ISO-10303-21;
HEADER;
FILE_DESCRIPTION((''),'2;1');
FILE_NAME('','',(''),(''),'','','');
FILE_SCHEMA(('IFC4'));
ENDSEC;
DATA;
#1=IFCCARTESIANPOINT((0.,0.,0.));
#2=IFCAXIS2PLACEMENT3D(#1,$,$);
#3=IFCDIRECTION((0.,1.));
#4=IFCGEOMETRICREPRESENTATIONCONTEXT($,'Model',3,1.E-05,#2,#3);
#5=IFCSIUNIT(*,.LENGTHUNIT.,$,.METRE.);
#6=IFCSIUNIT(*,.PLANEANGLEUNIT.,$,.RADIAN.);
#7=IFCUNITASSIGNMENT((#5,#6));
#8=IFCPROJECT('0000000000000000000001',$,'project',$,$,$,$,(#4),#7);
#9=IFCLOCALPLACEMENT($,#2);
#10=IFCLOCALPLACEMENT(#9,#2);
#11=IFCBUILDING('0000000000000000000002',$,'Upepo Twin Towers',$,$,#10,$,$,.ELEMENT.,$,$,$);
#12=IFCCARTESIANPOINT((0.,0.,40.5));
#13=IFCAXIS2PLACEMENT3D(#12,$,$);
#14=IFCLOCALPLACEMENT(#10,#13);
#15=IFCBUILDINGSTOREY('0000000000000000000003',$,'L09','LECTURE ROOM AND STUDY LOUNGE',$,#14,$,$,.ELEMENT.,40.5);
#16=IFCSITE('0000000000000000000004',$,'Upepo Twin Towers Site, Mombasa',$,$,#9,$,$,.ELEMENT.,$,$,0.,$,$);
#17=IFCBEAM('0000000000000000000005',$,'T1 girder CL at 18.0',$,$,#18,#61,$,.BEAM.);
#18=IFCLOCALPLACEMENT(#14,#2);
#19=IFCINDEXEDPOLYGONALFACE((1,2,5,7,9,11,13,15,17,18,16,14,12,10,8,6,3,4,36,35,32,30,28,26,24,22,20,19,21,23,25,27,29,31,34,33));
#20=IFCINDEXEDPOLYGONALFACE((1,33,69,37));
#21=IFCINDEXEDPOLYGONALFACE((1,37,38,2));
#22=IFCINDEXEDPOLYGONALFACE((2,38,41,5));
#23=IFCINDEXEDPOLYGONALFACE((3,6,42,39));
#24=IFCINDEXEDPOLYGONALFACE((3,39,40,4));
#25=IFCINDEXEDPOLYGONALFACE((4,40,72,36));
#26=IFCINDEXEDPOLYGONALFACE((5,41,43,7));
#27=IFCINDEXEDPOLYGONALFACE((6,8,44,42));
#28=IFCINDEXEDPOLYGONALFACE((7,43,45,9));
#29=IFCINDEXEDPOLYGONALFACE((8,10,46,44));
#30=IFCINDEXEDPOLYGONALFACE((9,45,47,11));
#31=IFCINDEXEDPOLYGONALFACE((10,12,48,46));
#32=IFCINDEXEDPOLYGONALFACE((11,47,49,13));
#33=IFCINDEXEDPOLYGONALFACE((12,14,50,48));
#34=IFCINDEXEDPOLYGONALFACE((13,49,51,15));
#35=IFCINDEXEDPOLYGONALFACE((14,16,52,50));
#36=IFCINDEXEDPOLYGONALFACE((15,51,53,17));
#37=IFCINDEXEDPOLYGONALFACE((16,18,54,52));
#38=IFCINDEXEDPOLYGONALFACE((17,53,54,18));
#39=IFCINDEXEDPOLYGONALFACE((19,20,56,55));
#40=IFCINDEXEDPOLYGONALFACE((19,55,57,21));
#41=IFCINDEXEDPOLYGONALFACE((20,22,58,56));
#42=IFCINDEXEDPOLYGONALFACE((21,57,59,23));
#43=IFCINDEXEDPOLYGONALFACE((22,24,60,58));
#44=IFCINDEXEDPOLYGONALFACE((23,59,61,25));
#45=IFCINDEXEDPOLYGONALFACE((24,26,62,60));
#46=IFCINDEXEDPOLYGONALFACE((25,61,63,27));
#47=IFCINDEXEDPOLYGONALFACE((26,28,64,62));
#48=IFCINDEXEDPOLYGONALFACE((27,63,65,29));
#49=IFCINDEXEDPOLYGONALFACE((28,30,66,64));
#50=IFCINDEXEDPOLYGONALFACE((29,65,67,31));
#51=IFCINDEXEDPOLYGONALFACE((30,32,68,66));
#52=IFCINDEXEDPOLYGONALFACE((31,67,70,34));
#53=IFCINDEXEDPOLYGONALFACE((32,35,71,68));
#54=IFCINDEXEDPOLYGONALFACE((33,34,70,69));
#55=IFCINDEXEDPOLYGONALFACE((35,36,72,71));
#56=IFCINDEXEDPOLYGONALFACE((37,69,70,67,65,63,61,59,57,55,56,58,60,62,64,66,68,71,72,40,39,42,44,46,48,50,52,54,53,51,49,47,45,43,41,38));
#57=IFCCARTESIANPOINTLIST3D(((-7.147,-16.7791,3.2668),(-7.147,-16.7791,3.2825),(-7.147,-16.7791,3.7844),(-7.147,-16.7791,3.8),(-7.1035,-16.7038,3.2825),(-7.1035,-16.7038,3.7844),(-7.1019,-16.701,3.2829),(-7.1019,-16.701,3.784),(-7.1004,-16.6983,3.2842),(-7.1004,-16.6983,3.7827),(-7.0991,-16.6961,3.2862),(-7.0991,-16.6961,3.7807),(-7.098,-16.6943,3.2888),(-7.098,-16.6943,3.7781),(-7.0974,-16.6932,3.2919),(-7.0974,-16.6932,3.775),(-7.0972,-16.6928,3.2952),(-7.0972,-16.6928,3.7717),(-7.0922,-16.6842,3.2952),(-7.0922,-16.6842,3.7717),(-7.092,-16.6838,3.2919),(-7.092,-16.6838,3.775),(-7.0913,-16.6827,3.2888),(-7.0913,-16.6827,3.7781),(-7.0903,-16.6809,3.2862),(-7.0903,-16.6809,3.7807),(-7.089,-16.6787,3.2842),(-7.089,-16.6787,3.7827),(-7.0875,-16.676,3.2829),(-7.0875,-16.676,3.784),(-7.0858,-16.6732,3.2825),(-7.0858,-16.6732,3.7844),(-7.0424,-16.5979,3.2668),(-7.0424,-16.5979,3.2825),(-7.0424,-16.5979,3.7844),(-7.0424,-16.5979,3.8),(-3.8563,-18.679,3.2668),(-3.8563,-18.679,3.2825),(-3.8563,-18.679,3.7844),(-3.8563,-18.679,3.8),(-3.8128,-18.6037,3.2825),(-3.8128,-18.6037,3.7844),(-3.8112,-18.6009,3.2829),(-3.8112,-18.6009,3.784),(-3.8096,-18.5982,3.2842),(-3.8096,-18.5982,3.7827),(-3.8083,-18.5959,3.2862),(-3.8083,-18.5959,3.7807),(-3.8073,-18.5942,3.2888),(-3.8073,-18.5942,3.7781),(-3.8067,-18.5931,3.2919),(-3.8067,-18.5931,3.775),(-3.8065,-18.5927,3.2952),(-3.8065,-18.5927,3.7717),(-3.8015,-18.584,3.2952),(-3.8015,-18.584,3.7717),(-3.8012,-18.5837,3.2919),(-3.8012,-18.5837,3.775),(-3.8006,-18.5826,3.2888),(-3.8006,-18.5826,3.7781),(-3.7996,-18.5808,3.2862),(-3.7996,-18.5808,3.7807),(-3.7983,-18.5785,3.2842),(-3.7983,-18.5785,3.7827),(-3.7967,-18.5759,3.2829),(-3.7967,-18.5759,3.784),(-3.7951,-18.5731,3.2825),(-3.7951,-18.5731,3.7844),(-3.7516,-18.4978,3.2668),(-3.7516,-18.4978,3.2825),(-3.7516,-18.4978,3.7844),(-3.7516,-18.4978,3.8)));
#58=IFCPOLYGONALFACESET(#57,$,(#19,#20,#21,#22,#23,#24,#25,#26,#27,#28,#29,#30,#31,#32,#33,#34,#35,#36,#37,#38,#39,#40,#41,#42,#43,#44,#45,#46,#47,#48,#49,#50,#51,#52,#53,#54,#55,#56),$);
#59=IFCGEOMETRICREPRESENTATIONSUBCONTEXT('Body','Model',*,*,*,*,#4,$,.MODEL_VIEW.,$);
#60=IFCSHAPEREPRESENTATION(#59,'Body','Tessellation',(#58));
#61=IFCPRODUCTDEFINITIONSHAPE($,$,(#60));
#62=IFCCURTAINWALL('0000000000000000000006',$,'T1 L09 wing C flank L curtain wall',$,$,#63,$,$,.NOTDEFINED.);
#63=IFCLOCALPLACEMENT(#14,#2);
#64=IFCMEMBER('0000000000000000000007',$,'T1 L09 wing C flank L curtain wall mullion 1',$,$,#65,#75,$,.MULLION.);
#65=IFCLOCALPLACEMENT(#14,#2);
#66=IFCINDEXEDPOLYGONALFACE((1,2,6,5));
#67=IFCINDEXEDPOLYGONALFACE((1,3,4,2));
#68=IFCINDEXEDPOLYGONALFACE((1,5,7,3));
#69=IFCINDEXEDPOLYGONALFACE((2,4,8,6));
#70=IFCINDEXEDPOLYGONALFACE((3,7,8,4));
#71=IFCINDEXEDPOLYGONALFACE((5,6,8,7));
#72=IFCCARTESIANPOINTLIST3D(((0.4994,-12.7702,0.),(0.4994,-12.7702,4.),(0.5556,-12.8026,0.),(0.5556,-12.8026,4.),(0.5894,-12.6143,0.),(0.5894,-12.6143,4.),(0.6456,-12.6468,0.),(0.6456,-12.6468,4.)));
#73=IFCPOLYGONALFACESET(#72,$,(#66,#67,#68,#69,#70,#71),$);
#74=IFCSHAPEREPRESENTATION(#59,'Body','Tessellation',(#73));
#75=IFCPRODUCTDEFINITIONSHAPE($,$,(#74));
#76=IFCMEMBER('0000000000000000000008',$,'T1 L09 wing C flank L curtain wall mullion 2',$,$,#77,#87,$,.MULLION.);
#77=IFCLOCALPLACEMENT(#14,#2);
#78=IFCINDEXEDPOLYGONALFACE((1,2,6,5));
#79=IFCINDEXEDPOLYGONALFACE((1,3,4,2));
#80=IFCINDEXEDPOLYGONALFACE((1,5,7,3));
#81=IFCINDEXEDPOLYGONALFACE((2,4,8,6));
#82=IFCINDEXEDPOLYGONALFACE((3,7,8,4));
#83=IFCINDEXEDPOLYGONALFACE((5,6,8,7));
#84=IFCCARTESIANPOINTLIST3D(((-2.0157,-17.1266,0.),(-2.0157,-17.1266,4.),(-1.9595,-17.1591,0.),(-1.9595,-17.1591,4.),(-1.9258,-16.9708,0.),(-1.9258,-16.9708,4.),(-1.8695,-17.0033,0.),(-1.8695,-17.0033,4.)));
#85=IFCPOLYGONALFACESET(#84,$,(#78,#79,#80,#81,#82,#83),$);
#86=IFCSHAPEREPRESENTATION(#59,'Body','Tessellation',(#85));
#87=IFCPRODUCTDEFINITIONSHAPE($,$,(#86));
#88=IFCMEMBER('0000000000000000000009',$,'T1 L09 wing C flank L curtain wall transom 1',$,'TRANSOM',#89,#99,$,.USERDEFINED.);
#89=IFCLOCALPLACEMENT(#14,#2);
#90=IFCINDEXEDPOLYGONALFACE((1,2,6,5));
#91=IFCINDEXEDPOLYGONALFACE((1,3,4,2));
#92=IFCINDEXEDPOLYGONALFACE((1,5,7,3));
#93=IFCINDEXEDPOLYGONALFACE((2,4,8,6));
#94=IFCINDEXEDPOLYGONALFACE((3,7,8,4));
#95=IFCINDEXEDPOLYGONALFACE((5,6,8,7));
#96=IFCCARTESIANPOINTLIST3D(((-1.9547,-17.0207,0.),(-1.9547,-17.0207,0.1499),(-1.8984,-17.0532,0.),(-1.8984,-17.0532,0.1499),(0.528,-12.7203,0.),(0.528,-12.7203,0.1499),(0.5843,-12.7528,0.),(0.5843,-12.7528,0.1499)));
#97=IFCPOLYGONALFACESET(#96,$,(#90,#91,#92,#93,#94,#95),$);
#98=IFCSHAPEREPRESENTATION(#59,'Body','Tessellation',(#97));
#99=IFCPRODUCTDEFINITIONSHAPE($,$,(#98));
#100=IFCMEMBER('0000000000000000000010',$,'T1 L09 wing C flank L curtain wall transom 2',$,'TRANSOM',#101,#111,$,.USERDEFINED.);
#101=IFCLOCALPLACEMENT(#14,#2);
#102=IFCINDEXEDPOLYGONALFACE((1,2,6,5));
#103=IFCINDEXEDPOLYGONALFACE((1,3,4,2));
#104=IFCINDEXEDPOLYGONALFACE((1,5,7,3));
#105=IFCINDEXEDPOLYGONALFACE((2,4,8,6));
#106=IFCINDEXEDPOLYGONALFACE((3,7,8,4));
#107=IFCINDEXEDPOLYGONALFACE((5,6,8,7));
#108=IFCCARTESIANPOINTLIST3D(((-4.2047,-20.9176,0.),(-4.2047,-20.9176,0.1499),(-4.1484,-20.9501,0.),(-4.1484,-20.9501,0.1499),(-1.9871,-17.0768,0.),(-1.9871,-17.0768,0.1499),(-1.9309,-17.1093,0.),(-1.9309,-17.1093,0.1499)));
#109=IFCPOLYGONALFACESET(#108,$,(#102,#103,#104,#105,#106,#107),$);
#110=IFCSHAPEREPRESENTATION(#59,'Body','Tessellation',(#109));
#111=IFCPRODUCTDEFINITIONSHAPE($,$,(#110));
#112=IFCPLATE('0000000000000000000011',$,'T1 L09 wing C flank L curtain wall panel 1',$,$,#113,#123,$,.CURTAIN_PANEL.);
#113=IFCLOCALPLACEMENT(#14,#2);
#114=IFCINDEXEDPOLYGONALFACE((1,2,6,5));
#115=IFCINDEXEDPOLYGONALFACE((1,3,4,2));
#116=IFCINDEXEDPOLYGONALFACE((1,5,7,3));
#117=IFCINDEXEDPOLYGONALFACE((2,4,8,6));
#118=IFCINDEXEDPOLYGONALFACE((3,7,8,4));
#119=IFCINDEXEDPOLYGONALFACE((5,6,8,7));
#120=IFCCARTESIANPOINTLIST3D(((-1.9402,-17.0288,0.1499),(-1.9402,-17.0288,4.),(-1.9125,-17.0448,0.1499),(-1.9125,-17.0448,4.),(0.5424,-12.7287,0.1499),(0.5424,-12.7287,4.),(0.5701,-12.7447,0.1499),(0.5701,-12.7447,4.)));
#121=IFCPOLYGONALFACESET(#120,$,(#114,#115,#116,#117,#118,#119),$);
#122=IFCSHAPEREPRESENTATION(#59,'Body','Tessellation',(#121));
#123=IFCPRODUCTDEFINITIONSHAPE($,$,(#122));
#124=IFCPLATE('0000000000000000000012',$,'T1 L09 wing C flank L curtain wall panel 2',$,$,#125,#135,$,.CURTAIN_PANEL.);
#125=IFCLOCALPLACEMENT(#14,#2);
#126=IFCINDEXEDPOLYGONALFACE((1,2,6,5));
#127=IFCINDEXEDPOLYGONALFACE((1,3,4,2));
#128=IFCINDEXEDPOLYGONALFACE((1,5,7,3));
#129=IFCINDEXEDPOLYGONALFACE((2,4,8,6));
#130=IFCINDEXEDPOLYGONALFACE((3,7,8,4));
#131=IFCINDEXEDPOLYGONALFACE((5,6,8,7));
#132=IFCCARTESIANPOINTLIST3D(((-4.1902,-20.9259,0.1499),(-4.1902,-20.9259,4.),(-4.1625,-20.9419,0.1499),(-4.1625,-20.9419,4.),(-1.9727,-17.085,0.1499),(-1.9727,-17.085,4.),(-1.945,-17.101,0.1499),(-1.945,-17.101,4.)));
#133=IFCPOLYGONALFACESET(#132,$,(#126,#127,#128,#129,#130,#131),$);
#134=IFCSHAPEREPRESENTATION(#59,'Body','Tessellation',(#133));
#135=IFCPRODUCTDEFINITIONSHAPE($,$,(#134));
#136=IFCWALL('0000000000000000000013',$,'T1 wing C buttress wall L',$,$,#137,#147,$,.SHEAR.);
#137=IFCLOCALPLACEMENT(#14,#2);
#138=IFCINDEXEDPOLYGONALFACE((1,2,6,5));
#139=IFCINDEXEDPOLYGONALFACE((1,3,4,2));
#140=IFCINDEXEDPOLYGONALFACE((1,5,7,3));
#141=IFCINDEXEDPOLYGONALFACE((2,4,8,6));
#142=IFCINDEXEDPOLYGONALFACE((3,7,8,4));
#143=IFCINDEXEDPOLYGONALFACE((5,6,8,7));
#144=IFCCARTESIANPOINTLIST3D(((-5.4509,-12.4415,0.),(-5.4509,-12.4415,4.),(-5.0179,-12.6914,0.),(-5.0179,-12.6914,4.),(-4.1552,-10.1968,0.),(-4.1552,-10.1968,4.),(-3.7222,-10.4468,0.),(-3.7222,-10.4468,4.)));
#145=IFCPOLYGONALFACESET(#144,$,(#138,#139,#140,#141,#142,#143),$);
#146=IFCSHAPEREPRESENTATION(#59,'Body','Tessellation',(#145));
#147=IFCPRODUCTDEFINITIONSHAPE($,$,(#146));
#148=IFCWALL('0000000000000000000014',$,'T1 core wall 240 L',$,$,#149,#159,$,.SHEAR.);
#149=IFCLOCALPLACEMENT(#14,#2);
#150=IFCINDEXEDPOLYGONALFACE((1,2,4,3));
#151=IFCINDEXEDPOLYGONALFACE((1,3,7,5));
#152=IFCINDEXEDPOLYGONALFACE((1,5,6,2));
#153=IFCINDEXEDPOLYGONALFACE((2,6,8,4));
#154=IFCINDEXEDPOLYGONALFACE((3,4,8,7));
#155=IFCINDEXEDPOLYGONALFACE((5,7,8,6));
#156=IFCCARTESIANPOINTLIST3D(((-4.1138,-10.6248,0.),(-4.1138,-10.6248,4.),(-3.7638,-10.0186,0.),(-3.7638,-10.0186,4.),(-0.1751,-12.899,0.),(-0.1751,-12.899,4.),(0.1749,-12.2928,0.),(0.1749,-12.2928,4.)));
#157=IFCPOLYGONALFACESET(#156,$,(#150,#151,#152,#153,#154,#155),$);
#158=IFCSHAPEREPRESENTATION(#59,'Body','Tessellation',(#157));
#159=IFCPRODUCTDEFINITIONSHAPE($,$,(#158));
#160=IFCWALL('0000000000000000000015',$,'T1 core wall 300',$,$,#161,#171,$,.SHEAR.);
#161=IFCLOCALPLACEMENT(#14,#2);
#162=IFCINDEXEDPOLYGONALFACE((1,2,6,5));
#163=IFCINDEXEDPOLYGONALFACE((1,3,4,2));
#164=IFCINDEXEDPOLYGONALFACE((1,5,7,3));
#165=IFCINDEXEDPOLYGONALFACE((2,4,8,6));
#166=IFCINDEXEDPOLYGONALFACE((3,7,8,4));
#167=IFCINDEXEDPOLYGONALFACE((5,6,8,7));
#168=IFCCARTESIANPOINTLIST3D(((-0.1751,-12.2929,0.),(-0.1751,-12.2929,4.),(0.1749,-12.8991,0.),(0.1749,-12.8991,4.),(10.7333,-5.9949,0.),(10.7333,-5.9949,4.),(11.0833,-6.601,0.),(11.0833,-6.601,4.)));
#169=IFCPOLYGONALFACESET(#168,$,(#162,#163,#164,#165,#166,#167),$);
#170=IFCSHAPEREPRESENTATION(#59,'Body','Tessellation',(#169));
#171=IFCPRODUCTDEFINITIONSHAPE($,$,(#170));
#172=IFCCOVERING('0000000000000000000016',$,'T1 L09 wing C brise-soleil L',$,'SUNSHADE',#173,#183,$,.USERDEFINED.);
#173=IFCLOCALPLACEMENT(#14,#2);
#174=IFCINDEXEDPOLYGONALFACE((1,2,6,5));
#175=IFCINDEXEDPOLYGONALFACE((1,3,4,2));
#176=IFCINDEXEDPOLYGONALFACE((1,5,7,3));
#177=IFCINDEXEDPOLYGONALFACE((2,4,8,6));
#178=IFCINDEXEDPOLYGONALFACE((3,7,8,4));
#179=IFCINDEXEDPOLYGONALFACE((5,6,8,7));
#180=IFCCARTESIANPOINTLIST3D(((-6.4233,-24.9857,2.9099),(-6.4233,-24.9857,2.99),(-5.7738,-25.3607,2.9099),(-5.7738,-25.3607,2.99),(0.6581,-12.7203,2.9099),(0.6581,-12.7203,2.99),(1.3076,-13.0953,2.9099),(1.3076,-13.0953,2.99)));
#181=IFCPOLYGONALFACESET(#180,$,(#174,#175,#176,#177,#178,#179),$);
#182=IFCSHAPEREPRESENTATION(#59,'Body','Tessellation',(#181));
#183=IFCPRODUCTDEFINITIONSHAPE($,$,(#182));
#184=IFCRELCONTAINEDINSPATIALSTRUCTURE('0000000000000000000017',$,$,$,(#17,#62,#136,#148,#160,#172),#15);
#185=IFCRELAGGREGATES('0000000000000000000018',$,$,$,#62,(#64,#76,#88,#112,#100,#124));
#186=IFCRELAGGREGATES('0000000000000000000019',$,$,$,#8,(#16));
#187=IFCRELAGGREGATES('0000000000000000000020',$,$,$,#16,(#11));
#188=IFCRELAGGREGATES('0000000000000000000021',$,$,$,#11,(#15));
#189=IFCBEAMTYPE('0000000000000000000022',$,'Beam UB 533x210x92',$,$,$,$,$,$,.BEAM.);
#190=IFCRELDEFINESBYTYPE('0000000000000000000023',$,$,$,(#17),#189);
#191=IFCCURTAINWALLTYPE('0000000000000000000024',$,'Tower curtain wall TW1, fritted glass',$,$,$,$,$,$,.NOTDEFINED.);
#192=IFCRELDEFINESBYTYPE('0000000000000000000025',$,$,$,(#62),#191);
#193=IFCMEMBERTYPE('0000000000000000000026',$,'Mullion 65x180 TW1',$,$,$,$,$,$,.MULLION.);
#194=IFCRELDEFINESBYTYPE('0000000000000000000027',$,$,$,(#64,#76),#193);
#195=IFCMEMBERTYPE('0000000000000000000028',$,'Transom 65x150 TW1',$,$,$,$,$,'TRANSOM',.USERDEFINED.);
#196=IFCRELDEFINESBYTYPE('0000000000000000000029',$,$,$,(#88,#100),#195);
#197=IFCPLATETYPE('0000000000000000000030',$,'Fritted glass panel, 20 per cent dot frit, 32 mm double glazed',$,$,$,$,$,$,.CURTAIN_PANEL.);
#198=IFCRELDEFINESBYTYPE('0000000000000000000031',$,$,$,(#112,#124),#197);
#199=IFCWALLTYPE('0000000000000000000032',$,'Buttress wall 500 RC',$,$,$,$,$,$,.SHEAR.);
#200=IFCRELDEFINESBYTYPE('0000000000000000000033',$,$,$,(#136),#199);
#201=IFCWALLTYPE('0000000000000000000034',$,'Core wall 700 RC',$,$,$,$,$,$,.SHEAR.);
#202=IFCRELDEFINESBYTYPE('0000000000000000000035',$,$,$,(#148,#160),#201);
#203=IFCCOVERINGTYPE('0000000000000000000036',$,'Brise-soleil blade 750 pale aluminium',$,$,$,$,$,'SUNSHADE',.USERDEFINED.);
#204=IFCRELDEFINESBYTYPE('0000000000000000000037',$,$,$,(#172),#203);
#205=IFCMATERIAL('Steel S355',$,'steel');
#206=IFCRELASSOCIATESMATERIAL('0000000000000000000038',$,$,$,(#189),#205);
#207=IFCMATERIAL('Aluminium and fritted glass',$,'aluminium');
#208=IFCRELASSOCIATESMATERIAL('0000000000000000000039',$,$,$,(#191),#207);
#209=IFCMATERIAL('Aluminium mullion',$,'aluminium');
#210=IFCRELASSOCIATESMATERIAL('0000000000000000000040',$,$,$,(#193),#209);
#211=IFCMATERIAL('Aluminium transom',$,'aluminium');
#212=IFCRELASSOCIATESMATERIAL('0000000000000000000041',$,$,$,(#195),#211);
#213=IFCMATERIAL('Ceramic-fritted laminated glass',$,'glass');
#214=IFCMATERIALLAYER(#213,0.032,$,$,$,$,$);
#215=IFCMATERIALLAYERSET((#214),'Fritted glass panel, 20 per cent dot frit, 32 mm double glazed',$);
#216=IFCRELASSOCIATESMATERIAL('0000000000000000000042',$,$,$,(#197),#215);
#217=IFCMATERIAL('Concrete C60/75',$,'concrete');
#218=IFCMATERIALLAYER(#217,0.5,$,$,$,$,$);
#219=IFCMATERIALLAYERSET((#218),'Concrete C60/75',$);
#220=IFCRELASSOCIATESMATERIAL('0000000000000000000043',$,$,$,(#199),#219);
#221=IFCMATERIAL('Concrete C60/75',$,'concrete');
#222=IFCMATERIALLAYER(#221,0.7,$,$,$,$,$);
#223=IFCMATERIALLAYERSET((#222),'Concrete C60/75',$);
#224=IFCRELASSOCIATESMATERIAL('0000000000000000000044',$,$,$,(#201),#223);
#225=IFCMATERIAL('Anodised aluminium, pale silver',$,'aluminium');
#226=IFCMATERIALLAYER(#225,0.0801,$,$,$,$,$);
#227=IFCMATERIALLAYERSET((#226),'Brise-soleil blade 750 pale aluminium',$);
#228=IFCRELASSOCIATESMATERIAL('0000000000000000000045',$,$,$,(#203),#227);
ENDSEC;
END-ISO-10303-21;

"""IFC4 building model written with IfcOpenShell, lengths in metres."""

from ifc_helpers import new_model, si_unit, direction, frame, frame_2d, origin, origin_2d, place, context, subcontext, project, spatial, rectangle, i_section, extrude, material, layer, layer_set, material_profile, profile_set, type_object, element, aggregate, save


model = new_model("IFC4")

# Units and contexts
model_context = context("Model", 3, precision=1e-05, world=origin(), true_north=direction((0.0, 1.0)))
body_context = subcontext(model_context, "Body", "Model", "MODEL_VIEW")
ifc_project = project(units=[si_unit("LENGTHUNIT", "METRE"), si_unit("PLANEANGLEUNIT", "RADIAN")], contexts=[model_context])

# Site, building, storey
site_placement = place(None, origin())
site = spatial("IfcSite", under=ifc_project, at=site_placement, Name="Upepo Twin Towers Site, Mombasa", CompositionType="ELEMENT", RefElevation=0.0)
building_placement = place(site_placement, origin())
building = spatial("IfcBuilding", under=site, at=building_placement, Name="Upepo Twin Towers", CompositionType="ELEMENT")
storey_placement = place(building_placement, frame((0.0, 0.0, 40.5)))
storey = spatial("IfcBuildingStorey", under=building, at=storey_placement, Name="L09", Description="LECTURE ROOM AND STUDY LOUNGE", CompositionType="ELEMENT", Elevation=40.5)

# Beam
ifc_material_1 = material(Name="Steel S355", Category="steel")
ifc_material_profile_1 = material_profile(ifc_material_1, i_section(OverallWidth=0.2092, OverallDepth=0.5332, WebThickness=0.01, FlangeThickness=0.0156, FilletRadius=0.0127, at=origin_2d()), Name="UB 533x210x92")
ifc_profile_set_1 = profile_set([ifc_material_profile_1], Name="Steel S355")
beam_type_1 = type_object("IfcBeamType", Name="Beam UB 533x210x92", PredefinedType="BEAM", material=ifc_profile_set_1)
beam_1_placement = place(storey_placement, frame((-3.804, -18.5884, 3.5334), z_axis=(-0.866028, 0.499995, 0.0), x_axis=(-0.499995, -0.866028, 0.0)))
element("IfcBeam", 1, at=beam_1_placement, inside=storey, type_object=beam_type_1, Name="T1 girder CL at 18.0", PredefinedType="BEAM", context=body_context, shape_type="SweptSolid", body=[
    extrude(i_section(OverallWidth=0.2092, OverallDepth=0.5332, WebThickness=0.01, FlangeThickness=0.0156, FilletRadius=0.0127, at=origin_2d()), origin(), (0.0, 0.0, 1.0), 3.7998),
])

# Curtain wall, members, plates
ifc_material_2 = material(Name="Aluminium and fritted glass", Category="aluminium")
curtain_wall_type = type_object("IfcCurtainWallType", Name="Tower curtain wall TW1, fritted glass", PredefinedType="NOTDEFINED", material=ifc_material_2)
curtain_wall_placement = place(storey_placement, origin())
curtain_wall = element("IfcCurtainWall", 2, at=curtain_wall_placement, inside=storey, type_object=curtain_wall_type, Name="T1 L09 wing C flank L curtain wall", PredefinedType="NOTDEFINED")
ifc_material_3 = material(Name="Aluminium mullion", Category="aluminium")
ifc_material_profile_2 = material_profile(ifc_material_3, rectangle(XDim=0.0649, YDim=0.1799, at=origin_2d()), Name="MULLION 65x180")
ifc_profile_set_2 = profile_set([ifc_material_profile_2], Name="Aluminium mullion")
member_type_1 = type_object("IfcMemberType", Name="Mullion 65x180 TW1", PredefinedType="MULLION", material=ifc_profile_set_2)
member_1_placement = place(storey_placement, frame((0.5725, -12.7085, 0.0), z_axis=(0.0, 0.0, 1.0), x_axis=(0.866025, -0.5, 0.0)))
member_1 = element("IfcMember", 3, at=member_1_placement, type_object=member_type_1, Name="T1 L09 wing C flank L curtain wall mullion 1", PredefinedType="MULLION", context=body_context, shape_type="SweptSolid", body=[
    extrude(rectangle(XDim=0.0649, YDim=0.1799, at=origin_2d()), origin(), (0.0, 0.0, 1.0), 4.0),
])
member_2_placement = place(storey_placement, frame((-1.9426, -17.0649, 0.0), z_axis=(0.0, 0.0, 1.0), x_axis=(0.866025, -0.5, 0.0)))
member_2 = element("IfcMember", 4, at=member_2_placement, type_object=member_type_1, Name="T1 L09 wing C flank L curtain wall mullion 2", PredefinedType="MULLION", context=body_context, shape_type="SweptSolid", body=[
    extrude(rectangle(XDim=0.0649, YDim=0.1799, at=origin_2d()), origin(), (0.0, 0.0, 1.0), 4.0),
])
ifc_material_4 = material(Name="Aluminium transom", Category="aluminium")
ifc_material_profile_3 = material_profile(ifc_material_4, rectangle(XDim=0.0649, YDim=0.1499, at=origin_2d()), Name="TRANSOM 65x150")
ifc_profile_set_3 = profile_set([ifc_material_profile_3], Name="Aluminium transom")
member_type_2 = type_object("IfcMemberType", Name="Transom 65x150 TW1", ElementType="TRANSOM", PredefinedType="USERDEFINED", material=ifc_profile_set_3)
member_3_placement = place(storey_placement, frame((0.5562, -12.7366, 0.075), z_axis=(-0.499983, -0.866035, 0.0), x_axis=(0.866035, -0.499983, 0.0)))
member_3 = element("IfcMember", 5, at=member_3_placement, type_object=member_type_2, Name="T1 L09 wing C flank L curtain wall transom 1", ObjectType="TRANSOM", PredefinedType="USERDEFINED", context=body_context, shape_type="SweptSolid", body=[
    extrude(rectangle(XDim=0.0649, YDim=0.1499, at=origin_2d()), origin(), (0.0, 0.0, 1.0), 4.9656),
])
member_4_placement = place(storey_placement, frame((-1.959, -17.093, 0.075), z_axis=(-0.500005, -0.866022, 0.0), x_axis=(0.866022, -0.500005, 0.0)))
member_4 = element("IfcMember", 6, at=member_4_placement, type_object=member_type_2, Name="T1 L09 wing C flank L curtain wall transom 2", ObjectType="TRANSOM", PredefinedType="USERDEFINED", context=body_context, shape_type="SweptSolid", body=[
    extrude(rectangle(XDim=0.0649, YDim=0.1499, at=origin_2d()), origin(), (0.0, 0.0, 1.0), 4.4351),
])
ifc_material_5 = material(Name="Ceramic-fritted laminated glass", Category="glass")
ifc_layer_1 = layer(ifc_material_5, 0.032)
ifc_layer_set_1 = layer_set([ifc_layer_1], Name="Fritted glass panel, 20 per cent dot frit, 32 mm double glazed")
plate_type = type_object("IfcPlateType", Name="Fritted glass panel, 20 per cent dot frit, 32 mm double glazed", PredefinedType="CURTAIN_PANEL", material=ifc_layer_set_1)
plate_1_placement = place(storey_placement, frame((-0.6851, -14.8867, 0.1499), z_axis=(0.0, 0.0, 1.0), x_axis=(-0.5, -0.866025, 0.0)))
plate_1 = element("IfcPlate", 7, at=plate_1_placement, type_object=plate_type, Name="T1 L09 wing C flank L curtain wall panel 1", PredefinedType="CURTAIN_PANEL", context=body_context, shape_type="SweptSolid", body=[
    extrude(rectangle(XDim=4.9653, YDim=0.032, at=origin_2d()), origin(), (0.0, 0.0, 1.0), 3.8501),
])
plate_2_placement = place(storey_placement, frame((-3.0676, -19.0134, 0.1499), z_axis=(0.0, 0.0, 1.0), x_axis=(-0.5, -0.866025, 0.0)))
plate_2 = element("IfcPlate", 8, at=plate_2_placement, type_object=plate_type, Name="T1 L09 wing C flank L curtain wall panel 2", PredefinedType="CURTAIN_PANEL", context=body_context, shape_type="SweptSolid", body=[
    extrude(rectangle(XDim=4.4351, YDim=0.032, at=origin_2d()), origin(), (0.0, 0.0, 1.0), 3.8501),
])
aggregate(curtain_wall, [member_1, member_2, member_3, plate_1, member_4, plate_2])

# Walls
ifc_material_6 = material(Name="Concrete C60/75", Category="concrete")
ifc_layer_2 = layer(ifc_material_6, 0.5)
ifc_layer_set_2 = layer_set([ifc_layer_2], Name="Concrete C60/75")
wall_type_1 = type_object("IfcWallType", Name="Buttress wall 500 RC", PredefinedType="SHEAR", material=ifc_layer_set_2)
wall_1_placement = place(storey_placement, frame((-3.9387, -10.3218, 0.0), z_axis=(0.0, 0.0, 1.0), x_axis=(-0.499918, -0.866073, 0.0)))
element("IfcWall", 9, at=wall_1_placement, inside=storey, type_object=wall_type_1, Name="T1 wing C buttress wall L", PredefinedType="SHEAR", context=body_context, shape_type="SweptSolid", body=[
    extrude(rectangle(XDim=2.5918, YDim=0.5, at=frame_2d((1.2959, 0.0))), origin(), (0.0, 0.0, 1.0), 4.0),
])
ifc_material_7 = material(Name="Concrete C60/75", Category="concrete")
ifc_layer_3 = layer(ifc_material_7, 0.7)
ifc_layer_set_3 = layer_set([ifc_layer_3], Name="Concrete C60/75")
wall_type_2 = type_object("IfcWallType", Name="Core wall 700 RC", PredefinedType="SHEAR", material=ifc_layer_set_3)
wall_2_placement = place(storey_placement, frame((-3.9387, -10.3218, 0.0), z_axis=(0.0, 0.0, 1.0), x_axis=(0.866011, -0.500024, 0.0)))
element("IfcWall", 10, at=wall_2_placement, inside=storey, type_object=wall_type_2, Name="T1 core wall 240 L", PredefinedType="SHEAR", context=body_context, shape_type="SweptSolid", body=[
    extrude(rectangle(XDim=4.5481, YDim=0.7, at=frame_2d((2.2739, 0.0))), origin(), (0.0, 0.0, 1.0), 4.0),
])
wall_3_placement = place(storey_placement, frame((0.0, -12.5959, 0.0), z_axis=(0.0, 0.0, 1.0), x_axis=(0.866022, 0.500006, 0.0)))
element("IfcWall", 11, at=wall_3_placement, inside=storey, type_object=wall_type_2, Name="T1 core wall 300", PredefinedType="SHEAR", context=body_context, shape_type="SweptSolid", body=[
    extrude(rectangle(XDim=12.5959, YDim=0.7, at=frame_2d((6.2979, 0.0))), origin(), (0.0, 0.0, 1.0), 4.0),
])

# Covering
ifc_material_8 = material(Name="Anodised aluminium, pale silver", Category="aluminium")
ifc_layer_4 = layer(ifc_material_8, 0.0801)
ifc_layer_set_4 = layer_set([ifc_layer_4], Name="Brise-soleil blade 750 pale aluminium")
covering_type = type_object("IfcCoveringType", Name="Brise-soleil blade 750 pale aluminium", ElementType="SUNSHADE", PredefinedType="USERDEFINED", material=ifc_layer_set_4)
covering_placement = place(storey_placement, frame((-2.5579, -19.0405, 2.9099), z_axis=(0.0, 0.0, 1.0), x_axis=(-0.5, -0.866025, 0.0)))
element("IfcCovering", 12, at=covering_placement, inside=storey, type_object=covering_type, Name="T1 L09 wing C brise-soleil L", ObjectType="SUNSHADE", PredefinedType="USERDEFINED", context=body_context, shape_type="SweptSolid", body=[
    extrude(rectangle(XDim=14.1628, YDim=0.75, at=origin_2d()), origin(), (0.0, 0.0, 1.0), 0.0801),
])

save(model, "model.ifc")
